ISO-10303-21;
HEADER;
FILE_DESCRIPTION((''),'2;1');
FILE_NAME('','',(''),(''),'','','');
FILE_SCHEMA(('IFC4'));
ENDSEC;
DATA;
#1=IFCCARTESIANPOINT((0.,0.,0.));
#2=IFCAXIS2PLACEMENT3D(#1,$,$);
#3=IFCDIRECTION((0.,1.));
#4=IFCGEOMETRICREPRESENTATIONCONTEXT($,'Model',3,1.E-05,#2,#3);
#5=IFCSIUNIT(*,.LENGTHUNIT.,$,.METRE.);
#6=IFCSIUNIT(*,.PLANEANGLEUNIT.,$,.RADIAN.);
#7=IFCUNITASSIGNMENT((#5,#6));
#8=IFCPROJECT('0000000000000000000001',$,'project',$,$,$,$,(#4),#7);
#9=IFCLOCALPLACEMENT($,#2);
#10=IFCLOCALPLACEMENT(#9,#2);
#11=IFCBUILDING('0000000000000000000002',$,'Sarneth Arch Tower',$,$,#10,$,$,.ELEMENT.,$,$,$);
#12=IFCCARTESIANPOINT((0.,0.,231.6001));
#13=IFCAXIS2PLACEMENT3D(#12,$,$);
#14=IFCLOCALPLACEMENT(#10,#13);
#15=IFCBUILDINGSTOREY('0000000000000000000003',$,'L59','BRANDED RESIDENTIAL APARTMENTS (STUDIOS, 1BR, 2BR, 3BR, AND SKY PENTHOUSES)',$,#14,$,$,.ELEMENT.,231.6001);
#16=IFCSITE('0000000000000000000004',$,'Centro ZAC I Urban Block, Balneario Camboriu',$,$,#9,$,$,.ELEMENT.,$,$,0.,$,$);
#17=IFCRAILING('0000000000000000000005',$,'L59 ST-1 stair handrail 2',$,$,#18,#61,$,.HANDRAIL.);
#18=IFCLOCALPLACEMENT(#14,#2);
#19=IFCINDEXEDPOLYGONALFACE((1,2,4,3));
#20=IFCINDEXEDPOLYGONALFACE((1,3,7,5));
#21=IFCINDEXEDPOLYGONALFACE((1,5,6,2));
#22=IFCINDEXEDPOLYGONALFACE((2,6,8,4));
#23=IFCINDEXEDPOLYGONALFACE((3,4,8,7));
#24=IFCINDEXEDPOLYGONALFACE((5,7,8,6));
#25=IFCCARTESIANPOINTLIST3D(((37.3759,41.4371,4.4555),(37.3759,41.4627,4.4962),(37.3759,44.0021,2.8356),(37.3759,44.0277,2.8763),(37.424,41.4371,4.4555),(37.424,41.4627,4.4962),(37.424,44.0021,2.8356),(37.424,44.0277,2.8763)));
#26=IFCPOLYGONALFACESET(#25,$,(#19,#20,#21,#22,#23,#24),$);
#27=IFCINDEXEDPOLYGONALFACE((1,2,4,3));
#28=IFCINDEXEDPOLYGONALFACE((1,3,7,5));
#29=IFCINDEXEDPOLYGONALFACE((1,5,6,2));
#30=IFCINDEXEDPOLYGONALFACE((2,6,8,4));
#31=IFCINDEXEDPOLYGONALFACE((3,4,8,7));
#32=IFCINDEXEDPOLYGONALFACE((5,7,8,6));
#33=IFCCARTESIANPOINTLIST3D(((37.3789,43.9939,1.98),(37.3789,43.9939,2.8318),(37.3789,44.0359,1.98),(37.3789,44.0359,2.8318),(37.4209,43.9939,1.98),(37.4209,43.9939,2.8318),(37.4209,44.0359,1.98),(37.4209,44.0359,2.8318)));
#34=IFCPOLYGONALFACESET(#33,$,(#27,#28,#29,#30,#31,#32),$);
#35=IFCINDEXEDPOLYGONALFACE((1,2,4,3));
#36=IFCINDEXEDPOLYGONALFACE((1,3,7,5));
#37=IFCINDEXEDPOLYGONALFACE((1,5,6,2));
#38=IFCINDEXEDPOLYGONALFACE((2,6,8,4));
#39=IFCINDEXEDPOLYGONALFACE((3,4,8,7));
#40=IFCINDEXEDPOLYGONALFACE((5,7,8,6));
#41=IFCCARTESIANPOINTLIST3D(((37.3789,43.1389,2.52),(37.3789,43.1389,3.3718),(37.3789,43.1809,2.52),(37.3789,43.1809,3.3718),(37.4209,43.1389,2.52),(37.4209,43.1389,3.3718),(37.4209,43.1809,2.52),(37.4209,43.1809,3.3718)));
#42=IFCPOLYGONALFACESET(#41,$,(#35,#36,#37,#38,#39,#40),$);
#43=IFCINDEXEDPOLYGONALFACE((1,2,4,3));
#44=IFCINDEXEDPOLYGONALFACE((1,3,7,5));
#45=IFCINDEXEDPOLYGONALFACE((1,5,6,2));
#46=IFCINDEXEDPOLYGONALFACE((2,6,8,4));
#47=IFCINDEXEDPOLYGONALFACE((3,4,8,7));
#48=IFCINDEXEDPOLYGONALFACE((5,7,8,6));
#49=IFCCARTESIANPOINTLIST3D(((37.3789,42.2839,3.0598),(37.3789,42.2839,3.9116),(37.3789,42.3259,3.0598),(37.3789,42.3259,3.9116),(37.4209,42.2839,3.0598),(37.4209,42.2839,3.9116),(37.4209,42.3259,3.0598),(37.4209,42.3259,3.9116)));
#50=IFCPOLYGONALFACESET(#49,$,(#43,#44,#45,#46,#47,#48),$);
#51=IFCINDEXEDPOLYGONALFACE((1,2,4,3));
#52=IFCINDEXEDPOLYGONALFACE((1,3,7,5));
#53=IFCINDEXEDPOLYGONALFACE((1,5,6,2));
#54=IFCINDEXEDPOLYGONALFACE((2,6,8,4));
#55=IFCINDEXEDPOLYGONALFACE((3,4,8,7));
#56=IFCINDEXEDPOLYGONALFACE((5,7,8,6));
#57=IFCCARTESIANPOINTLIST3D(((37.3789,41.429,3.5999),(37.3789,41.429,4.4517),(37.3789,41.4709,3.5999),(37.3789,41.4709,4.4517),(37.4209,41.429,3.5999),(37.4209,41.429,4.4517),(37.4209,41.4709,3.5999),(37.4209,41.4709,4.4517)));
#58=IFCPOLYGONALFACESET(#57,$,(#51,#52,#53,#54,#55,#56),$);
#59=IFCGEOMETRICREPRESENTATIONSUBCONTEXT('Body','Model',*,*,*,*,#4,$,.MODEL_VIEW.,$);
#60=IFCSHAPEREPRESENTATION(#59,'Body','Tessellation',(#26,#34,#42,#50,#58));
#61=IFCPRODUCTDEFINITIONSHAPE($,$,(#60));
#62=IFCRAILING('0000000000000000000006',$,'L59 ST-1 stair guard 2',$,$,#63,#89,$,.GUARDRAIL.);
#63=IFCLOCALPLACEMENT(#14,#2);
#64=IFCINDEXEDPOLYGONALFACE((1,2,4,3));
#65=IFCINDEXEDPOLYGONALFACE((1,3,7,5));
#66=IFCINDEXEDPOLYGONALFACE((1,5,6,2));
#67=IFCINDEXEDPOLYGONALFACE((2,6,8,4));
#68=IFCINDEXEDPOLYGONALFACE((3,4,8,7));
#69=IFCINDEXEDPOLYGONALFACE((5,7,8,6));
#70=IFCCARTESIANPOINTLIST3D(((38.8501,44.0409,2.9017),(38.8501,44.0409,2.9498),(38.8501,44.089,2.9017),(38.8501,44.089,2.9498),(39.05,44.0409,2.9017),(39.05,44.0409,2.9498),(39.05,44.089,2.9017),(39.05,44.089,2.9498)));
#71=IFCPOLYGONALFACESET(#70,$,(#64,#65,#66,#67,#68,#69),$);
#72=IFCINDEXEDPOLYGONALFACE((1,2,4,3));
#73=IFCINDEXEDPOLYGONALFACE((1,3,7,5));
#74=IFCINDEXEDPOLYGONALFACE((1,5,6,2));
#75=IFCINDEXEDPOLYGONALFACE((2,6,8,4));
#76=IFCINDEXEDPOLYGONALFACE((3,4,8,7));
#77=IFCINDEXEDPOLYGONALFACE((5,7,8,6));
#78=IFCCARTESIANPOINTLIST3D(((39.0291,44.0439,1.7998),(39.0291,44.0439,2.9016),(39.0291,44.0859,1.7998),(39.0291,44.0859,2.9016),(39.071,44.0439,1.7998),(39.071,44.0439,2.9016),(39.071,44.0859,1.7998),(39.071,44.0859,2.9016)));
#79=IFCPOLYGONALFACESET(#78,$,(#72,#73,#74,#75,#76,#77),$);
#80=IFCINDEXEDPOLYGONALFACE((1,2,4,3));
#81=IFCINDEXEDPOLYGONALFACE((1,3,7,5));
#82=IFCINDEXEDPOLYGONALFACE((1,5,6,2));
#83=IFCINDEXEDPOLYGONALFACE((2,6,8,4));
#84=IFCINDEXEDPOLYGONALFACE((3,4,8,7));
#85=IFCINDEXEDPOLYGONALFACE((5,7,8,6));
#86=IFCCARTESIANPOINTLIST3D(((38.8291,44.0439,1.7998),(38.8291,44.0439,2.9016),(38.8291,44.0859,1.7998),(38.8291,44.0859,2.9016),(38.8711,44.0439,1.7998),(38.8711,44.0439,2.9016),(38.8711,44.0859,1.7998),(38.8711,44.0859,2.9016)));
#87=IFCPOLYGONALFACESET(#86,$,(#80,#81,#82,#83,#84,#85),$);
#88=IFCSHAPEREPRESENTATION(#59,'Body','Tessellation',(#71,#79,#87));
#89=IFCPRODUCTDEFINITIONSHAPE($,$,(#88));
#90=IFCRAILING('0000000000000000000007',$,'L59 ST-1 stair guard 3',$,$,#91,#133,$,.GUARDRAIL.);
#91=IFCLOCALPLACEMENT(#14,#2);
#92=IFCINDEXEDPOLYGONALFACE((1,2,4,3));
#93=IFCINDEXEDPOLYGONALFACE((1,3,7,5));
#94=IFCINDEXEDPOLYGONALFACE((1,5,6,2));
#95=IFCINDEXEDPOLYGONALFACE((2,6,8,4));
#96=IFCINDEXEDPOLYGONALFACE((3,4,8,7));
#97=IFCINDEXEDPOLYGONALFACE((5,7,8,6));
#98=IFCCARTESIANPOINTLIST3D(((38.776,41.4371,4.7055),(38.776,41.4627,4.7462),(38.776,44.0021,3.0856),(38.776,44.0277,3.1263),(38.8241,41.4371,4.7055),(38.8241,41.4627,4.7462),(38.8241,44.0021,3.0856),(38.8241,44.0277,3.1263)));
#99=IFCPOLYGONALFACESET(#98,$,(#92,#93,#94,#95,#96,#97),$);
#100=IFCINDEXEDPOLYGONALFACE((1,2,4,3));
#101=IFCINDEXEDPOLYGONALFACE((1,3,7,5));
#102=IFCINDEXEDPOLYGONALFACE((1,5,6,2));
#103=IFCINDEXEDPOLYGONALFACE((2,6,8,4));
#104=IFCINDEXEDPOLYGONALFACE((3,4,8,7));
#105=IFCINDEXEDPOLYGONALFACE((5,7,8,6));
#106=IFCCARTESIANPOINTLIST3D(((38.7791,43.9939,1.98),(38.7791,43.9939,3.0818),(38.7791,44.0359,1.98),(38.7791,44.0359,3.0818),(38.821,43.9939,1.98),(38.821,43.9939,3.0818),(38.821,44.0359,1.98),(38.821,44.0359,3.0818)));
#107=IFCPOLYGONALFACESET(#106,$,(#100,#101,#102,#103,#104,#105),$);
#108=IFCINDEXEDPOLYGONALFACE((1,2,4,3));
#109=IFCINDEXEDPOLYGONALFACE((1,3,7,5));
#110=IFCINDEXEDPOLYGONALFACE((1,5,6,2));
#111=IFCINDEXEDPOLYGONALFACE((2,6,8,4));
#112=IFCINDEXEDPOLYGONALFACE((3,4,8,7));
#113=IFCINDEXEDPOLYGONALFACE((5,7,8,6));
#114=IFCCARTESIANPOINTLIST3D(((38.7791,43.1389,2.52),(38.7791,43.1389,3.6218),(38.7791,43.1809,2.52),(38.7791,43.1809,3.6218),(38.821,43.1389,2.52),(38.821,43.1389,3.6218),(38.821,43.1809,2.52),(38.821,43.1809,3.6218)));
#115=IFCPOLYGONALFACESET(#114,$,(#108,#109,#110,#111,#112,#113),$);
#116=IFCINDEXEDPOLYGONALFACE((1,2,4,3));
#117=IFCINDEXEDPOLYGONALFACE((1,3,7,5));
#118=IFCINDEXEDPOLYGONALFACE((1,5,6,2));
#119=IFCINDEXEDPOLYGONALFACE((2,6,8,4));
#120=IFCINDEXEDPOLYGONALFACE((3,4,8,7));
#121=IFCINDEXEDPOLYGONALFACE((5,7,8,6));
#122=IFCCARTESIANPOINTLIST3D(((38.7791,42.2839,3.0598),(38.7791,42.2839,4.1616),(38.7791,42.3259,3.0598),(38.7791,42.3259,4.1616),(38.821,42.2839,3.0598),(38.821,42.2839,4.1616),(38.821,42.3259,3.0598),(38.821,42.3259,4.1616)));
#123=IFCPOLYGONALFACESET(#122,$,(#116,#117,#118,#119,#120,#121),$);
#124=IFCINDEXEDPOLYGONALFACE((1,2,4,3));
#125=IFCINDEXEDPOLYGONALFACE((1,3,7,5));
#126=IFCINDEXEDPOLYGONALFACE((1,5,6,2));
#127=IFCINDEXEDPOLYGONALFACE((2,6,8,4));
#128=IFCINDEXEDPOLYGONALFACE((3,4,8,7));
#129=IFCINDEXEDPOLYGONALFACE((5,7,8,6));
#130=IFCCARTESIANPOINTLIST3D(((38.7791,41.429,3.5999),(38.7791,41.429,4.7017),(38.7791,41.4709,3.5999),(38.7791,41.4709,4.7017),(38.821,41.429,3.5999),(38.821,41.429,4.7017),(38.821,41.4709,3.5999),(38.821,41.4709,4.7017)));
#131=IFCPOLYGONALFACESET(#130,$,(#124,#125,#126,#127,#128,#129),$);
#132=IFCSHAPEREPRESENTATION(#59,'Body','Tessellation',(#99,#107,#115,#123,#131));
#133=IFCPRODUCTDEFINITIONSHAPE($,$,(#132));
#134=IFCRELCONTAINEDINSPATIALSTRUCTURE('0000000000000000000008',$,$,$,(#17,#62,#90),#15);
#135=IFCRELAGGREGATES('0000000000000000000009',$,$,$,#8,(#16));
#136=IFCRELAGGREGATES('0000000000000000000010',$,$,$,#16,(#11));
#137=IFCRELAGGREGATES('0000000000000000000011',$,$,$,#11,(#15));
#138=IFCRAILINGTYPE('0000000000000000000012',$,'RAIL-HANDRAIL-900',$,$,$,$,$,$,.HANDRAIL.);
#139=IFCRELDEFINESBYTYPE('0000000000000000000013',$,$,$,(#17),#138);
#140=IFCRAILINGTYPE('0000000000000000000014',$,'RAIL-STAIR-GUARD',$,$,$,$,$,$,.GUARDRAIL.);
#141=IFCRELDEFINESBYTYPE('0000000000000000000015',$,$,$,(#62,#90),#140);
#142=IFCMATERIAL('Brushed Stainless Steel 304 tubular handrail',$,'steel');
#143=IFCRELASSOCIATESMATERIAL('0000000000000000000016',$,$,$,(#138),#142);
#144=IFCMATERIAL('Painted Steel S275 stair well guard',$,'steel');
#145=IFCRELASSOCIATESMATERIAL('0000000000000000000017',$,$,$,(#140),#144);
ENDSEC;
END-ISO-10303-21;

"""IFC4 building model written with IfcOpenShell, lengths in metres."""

from ifc_helpers import new_model, si_unit, direction, frame, origin, origin_2d, place, context, subcontext, project, spatial, rectangle, extrude, material, type_object, element, save


model = new_model("IFC4")

# Units and contexts
model_context = context("Model", 3, precision=1e-05, world=origin(), true_north=direction((0.0, 1.0)))
body_context = subcontext(model_context, "Body", "Model", "MODEL_VIEW")
ifc_project = project(units=[si_unit("LENGTHUNIT", "METRE"), si_unit("PLANEANGLEUNIT", "RADIAN")], contexts=[model_context])

# Site, building, storey
site_placement = place(None, origin())
site = spatial("IfcSite", under=ifc_project, at=site_placement, Name="Centro ZAC I Urban Block, Balneario Camboriu", CompositionType="ELEMENT", RefElevation=0.0)
building_placement = place(site_placement, origin())
building = spatial("IfcBuilding", under=site, at=building_placement, Name="Sarneth Arch Tower", CompositionType="ELEMENT")
storey_placement = place(building_placement, frame((0.0, 0.0, 231.6001)))
storey = spatial("IfcBuildingStorey", under=building, at=storey_placement, Name="L59", Description="BRANDED RESIDENTIAL APARTMENTS (STUDIOS, 1BR, 2BR, 3BR, AND SKY PENTHOUSES)", CompositionType="ELEMENT", Elevation=231.6001)

# Railings
ifc_material_1 = material(Name="Brushed Stainless Steel 304 tubular handrail", Category="steel")
railing_type_1 = type_object("IfcRailingType", Name="RAIL-HANDRAIL-900", PredefinedType="HANDRAIL", material=ifc_material_1)
railing_1_placement = place(storey_placement, frame((37.3999, 44.0149, 1.98)))
element("IfcRailing", 1, at=railing_1_placement, inside=storey, type_object=railing_type_1, Name="L59 ST-1 stair handrail 2", PredefinedType="HANDRAIL", context=body_context, shape_type="SweptSolid", body=[
    extrude(rectangle(XDim=0.0481, YDim=0.0481, at=origin_2d()), frame((0.0, 0.0, 0.876), z_axis=(0.0, -0.845502, 0.533972), x_axis=(1.0, 0.0, 0.0)), (0.0, 0.0, 1.0), 3.0337),
    extrude(rectangle(XDim=0.042, YDim=0.042, at=origin_2d()), origin(), (0.0, 0.0, 1.0), 0.8518),
    extrude(rectangle(XDim=0.042, YDim=0.042, at=origin_2d()), frame((0.0, -0.855, 0.54)), (0.0, 0.0, 1.0), 0.8518),
    extrude(rectangle(XDim=0.042, YDim=0.042, at=origin_2d()), frame((0.0, -1.71, 1.0798)), (0.0, 0.0, 1.0), 0.8518),
    extrude(rectangle(XDim=0.042, YDim=0.042, at=origin_2d()), frame((0.0, -2.5649, 1.6199)), (0.0, 0.0, 1.0), 0.8518),
])
ifc_material_2 = material(Name="Painted Steel S275 stair well guard", Category="steel")
railing_type_2 = type_object("IfcRailingType", Name="RAIL-STAIR-GUARD", PredefinedType="GUARDRAIL", material=ifc_material_2)
railing_2_placement = place(storey_placement, frame((39.05, 44.0649, 1.7998)))
element("IfcRailing", 2, at=railing_2_placement, inside=storey, type_object=railing_type_2, Name="L59 ST-1 stair guard 2", PredefinedType="GUARDRAIL", context=body_context, shape_type="SweptSolid", body=[
    extrude(rectangle(XDim=0.0481, YDim=0.0481, at=origin_2d()), frame((0.0, 0.0, 1.126), z_axis=(-1.0, 0.0, 0.0), x_axis=(0.0, -1.0, 0.0)), (0.0, 0.0, 1.0), 0.2),
    extrude(rectangle(XDim=0.042, YDim=0.042, at=origin_2d()), origin(), (0.0, 0.0, 1.0), 1.1018),
    extrude(rectangle(XDim=0.042, YDim=0.042, at=origin_2d()), frame((-0.2, 0.0, 0.0)), (0.0, 0.0, 1.0), 1.1018),
])
railing_3_placement = place(storey_placement, frame((38.8, 44.0149, 1.98)))
element("IfcRailing", 3, at=railing_3_placement, inside=storey, type_object=railing_type_2, Name="L59 ST-1 stair guard 3", PredefinedType="GUARDRAIL", context=body_context, shape_type="SweptSolid", body=[
    extrude(rectangle(XDim=0.0481, YDim=0.0481, at=origin_2d()), frame((0.0, 0.0, 1.126), z_axis=(0.0, -0.845502, 0.533972), x_axis=(1.0, 0.0, 0.0)), (0.0, 0.0, 1.0), 3.0337),
    extrude(rectangle(XDim=0.042, YDim=0.042, at=origin_2d()), origin(), (0.0, 0.0, 1.0), 1.1018),
    extrude(rectangle(XDim=0.042, YDim=0.042, at=origin_2d()), frame((0.0, -0.855, 0.54)), (0.0, 0.0, 1.0), 1.1018),
    extrude(rectangle(XDim=0.042, YDim=0.042, at=origin_2d()), frame((0.0, -1.71, 1.0798)), (0.0, 0.0, 1.0), 1.1018),
    extrude(rectangle(XDim=0.042, YDim=0.042, at=origin_2d()), frame((0.0, -2.5649, 1.6199)), (0.0, 0.0, 1.0), 1.1018),
])

save(model, "model.ifc")
